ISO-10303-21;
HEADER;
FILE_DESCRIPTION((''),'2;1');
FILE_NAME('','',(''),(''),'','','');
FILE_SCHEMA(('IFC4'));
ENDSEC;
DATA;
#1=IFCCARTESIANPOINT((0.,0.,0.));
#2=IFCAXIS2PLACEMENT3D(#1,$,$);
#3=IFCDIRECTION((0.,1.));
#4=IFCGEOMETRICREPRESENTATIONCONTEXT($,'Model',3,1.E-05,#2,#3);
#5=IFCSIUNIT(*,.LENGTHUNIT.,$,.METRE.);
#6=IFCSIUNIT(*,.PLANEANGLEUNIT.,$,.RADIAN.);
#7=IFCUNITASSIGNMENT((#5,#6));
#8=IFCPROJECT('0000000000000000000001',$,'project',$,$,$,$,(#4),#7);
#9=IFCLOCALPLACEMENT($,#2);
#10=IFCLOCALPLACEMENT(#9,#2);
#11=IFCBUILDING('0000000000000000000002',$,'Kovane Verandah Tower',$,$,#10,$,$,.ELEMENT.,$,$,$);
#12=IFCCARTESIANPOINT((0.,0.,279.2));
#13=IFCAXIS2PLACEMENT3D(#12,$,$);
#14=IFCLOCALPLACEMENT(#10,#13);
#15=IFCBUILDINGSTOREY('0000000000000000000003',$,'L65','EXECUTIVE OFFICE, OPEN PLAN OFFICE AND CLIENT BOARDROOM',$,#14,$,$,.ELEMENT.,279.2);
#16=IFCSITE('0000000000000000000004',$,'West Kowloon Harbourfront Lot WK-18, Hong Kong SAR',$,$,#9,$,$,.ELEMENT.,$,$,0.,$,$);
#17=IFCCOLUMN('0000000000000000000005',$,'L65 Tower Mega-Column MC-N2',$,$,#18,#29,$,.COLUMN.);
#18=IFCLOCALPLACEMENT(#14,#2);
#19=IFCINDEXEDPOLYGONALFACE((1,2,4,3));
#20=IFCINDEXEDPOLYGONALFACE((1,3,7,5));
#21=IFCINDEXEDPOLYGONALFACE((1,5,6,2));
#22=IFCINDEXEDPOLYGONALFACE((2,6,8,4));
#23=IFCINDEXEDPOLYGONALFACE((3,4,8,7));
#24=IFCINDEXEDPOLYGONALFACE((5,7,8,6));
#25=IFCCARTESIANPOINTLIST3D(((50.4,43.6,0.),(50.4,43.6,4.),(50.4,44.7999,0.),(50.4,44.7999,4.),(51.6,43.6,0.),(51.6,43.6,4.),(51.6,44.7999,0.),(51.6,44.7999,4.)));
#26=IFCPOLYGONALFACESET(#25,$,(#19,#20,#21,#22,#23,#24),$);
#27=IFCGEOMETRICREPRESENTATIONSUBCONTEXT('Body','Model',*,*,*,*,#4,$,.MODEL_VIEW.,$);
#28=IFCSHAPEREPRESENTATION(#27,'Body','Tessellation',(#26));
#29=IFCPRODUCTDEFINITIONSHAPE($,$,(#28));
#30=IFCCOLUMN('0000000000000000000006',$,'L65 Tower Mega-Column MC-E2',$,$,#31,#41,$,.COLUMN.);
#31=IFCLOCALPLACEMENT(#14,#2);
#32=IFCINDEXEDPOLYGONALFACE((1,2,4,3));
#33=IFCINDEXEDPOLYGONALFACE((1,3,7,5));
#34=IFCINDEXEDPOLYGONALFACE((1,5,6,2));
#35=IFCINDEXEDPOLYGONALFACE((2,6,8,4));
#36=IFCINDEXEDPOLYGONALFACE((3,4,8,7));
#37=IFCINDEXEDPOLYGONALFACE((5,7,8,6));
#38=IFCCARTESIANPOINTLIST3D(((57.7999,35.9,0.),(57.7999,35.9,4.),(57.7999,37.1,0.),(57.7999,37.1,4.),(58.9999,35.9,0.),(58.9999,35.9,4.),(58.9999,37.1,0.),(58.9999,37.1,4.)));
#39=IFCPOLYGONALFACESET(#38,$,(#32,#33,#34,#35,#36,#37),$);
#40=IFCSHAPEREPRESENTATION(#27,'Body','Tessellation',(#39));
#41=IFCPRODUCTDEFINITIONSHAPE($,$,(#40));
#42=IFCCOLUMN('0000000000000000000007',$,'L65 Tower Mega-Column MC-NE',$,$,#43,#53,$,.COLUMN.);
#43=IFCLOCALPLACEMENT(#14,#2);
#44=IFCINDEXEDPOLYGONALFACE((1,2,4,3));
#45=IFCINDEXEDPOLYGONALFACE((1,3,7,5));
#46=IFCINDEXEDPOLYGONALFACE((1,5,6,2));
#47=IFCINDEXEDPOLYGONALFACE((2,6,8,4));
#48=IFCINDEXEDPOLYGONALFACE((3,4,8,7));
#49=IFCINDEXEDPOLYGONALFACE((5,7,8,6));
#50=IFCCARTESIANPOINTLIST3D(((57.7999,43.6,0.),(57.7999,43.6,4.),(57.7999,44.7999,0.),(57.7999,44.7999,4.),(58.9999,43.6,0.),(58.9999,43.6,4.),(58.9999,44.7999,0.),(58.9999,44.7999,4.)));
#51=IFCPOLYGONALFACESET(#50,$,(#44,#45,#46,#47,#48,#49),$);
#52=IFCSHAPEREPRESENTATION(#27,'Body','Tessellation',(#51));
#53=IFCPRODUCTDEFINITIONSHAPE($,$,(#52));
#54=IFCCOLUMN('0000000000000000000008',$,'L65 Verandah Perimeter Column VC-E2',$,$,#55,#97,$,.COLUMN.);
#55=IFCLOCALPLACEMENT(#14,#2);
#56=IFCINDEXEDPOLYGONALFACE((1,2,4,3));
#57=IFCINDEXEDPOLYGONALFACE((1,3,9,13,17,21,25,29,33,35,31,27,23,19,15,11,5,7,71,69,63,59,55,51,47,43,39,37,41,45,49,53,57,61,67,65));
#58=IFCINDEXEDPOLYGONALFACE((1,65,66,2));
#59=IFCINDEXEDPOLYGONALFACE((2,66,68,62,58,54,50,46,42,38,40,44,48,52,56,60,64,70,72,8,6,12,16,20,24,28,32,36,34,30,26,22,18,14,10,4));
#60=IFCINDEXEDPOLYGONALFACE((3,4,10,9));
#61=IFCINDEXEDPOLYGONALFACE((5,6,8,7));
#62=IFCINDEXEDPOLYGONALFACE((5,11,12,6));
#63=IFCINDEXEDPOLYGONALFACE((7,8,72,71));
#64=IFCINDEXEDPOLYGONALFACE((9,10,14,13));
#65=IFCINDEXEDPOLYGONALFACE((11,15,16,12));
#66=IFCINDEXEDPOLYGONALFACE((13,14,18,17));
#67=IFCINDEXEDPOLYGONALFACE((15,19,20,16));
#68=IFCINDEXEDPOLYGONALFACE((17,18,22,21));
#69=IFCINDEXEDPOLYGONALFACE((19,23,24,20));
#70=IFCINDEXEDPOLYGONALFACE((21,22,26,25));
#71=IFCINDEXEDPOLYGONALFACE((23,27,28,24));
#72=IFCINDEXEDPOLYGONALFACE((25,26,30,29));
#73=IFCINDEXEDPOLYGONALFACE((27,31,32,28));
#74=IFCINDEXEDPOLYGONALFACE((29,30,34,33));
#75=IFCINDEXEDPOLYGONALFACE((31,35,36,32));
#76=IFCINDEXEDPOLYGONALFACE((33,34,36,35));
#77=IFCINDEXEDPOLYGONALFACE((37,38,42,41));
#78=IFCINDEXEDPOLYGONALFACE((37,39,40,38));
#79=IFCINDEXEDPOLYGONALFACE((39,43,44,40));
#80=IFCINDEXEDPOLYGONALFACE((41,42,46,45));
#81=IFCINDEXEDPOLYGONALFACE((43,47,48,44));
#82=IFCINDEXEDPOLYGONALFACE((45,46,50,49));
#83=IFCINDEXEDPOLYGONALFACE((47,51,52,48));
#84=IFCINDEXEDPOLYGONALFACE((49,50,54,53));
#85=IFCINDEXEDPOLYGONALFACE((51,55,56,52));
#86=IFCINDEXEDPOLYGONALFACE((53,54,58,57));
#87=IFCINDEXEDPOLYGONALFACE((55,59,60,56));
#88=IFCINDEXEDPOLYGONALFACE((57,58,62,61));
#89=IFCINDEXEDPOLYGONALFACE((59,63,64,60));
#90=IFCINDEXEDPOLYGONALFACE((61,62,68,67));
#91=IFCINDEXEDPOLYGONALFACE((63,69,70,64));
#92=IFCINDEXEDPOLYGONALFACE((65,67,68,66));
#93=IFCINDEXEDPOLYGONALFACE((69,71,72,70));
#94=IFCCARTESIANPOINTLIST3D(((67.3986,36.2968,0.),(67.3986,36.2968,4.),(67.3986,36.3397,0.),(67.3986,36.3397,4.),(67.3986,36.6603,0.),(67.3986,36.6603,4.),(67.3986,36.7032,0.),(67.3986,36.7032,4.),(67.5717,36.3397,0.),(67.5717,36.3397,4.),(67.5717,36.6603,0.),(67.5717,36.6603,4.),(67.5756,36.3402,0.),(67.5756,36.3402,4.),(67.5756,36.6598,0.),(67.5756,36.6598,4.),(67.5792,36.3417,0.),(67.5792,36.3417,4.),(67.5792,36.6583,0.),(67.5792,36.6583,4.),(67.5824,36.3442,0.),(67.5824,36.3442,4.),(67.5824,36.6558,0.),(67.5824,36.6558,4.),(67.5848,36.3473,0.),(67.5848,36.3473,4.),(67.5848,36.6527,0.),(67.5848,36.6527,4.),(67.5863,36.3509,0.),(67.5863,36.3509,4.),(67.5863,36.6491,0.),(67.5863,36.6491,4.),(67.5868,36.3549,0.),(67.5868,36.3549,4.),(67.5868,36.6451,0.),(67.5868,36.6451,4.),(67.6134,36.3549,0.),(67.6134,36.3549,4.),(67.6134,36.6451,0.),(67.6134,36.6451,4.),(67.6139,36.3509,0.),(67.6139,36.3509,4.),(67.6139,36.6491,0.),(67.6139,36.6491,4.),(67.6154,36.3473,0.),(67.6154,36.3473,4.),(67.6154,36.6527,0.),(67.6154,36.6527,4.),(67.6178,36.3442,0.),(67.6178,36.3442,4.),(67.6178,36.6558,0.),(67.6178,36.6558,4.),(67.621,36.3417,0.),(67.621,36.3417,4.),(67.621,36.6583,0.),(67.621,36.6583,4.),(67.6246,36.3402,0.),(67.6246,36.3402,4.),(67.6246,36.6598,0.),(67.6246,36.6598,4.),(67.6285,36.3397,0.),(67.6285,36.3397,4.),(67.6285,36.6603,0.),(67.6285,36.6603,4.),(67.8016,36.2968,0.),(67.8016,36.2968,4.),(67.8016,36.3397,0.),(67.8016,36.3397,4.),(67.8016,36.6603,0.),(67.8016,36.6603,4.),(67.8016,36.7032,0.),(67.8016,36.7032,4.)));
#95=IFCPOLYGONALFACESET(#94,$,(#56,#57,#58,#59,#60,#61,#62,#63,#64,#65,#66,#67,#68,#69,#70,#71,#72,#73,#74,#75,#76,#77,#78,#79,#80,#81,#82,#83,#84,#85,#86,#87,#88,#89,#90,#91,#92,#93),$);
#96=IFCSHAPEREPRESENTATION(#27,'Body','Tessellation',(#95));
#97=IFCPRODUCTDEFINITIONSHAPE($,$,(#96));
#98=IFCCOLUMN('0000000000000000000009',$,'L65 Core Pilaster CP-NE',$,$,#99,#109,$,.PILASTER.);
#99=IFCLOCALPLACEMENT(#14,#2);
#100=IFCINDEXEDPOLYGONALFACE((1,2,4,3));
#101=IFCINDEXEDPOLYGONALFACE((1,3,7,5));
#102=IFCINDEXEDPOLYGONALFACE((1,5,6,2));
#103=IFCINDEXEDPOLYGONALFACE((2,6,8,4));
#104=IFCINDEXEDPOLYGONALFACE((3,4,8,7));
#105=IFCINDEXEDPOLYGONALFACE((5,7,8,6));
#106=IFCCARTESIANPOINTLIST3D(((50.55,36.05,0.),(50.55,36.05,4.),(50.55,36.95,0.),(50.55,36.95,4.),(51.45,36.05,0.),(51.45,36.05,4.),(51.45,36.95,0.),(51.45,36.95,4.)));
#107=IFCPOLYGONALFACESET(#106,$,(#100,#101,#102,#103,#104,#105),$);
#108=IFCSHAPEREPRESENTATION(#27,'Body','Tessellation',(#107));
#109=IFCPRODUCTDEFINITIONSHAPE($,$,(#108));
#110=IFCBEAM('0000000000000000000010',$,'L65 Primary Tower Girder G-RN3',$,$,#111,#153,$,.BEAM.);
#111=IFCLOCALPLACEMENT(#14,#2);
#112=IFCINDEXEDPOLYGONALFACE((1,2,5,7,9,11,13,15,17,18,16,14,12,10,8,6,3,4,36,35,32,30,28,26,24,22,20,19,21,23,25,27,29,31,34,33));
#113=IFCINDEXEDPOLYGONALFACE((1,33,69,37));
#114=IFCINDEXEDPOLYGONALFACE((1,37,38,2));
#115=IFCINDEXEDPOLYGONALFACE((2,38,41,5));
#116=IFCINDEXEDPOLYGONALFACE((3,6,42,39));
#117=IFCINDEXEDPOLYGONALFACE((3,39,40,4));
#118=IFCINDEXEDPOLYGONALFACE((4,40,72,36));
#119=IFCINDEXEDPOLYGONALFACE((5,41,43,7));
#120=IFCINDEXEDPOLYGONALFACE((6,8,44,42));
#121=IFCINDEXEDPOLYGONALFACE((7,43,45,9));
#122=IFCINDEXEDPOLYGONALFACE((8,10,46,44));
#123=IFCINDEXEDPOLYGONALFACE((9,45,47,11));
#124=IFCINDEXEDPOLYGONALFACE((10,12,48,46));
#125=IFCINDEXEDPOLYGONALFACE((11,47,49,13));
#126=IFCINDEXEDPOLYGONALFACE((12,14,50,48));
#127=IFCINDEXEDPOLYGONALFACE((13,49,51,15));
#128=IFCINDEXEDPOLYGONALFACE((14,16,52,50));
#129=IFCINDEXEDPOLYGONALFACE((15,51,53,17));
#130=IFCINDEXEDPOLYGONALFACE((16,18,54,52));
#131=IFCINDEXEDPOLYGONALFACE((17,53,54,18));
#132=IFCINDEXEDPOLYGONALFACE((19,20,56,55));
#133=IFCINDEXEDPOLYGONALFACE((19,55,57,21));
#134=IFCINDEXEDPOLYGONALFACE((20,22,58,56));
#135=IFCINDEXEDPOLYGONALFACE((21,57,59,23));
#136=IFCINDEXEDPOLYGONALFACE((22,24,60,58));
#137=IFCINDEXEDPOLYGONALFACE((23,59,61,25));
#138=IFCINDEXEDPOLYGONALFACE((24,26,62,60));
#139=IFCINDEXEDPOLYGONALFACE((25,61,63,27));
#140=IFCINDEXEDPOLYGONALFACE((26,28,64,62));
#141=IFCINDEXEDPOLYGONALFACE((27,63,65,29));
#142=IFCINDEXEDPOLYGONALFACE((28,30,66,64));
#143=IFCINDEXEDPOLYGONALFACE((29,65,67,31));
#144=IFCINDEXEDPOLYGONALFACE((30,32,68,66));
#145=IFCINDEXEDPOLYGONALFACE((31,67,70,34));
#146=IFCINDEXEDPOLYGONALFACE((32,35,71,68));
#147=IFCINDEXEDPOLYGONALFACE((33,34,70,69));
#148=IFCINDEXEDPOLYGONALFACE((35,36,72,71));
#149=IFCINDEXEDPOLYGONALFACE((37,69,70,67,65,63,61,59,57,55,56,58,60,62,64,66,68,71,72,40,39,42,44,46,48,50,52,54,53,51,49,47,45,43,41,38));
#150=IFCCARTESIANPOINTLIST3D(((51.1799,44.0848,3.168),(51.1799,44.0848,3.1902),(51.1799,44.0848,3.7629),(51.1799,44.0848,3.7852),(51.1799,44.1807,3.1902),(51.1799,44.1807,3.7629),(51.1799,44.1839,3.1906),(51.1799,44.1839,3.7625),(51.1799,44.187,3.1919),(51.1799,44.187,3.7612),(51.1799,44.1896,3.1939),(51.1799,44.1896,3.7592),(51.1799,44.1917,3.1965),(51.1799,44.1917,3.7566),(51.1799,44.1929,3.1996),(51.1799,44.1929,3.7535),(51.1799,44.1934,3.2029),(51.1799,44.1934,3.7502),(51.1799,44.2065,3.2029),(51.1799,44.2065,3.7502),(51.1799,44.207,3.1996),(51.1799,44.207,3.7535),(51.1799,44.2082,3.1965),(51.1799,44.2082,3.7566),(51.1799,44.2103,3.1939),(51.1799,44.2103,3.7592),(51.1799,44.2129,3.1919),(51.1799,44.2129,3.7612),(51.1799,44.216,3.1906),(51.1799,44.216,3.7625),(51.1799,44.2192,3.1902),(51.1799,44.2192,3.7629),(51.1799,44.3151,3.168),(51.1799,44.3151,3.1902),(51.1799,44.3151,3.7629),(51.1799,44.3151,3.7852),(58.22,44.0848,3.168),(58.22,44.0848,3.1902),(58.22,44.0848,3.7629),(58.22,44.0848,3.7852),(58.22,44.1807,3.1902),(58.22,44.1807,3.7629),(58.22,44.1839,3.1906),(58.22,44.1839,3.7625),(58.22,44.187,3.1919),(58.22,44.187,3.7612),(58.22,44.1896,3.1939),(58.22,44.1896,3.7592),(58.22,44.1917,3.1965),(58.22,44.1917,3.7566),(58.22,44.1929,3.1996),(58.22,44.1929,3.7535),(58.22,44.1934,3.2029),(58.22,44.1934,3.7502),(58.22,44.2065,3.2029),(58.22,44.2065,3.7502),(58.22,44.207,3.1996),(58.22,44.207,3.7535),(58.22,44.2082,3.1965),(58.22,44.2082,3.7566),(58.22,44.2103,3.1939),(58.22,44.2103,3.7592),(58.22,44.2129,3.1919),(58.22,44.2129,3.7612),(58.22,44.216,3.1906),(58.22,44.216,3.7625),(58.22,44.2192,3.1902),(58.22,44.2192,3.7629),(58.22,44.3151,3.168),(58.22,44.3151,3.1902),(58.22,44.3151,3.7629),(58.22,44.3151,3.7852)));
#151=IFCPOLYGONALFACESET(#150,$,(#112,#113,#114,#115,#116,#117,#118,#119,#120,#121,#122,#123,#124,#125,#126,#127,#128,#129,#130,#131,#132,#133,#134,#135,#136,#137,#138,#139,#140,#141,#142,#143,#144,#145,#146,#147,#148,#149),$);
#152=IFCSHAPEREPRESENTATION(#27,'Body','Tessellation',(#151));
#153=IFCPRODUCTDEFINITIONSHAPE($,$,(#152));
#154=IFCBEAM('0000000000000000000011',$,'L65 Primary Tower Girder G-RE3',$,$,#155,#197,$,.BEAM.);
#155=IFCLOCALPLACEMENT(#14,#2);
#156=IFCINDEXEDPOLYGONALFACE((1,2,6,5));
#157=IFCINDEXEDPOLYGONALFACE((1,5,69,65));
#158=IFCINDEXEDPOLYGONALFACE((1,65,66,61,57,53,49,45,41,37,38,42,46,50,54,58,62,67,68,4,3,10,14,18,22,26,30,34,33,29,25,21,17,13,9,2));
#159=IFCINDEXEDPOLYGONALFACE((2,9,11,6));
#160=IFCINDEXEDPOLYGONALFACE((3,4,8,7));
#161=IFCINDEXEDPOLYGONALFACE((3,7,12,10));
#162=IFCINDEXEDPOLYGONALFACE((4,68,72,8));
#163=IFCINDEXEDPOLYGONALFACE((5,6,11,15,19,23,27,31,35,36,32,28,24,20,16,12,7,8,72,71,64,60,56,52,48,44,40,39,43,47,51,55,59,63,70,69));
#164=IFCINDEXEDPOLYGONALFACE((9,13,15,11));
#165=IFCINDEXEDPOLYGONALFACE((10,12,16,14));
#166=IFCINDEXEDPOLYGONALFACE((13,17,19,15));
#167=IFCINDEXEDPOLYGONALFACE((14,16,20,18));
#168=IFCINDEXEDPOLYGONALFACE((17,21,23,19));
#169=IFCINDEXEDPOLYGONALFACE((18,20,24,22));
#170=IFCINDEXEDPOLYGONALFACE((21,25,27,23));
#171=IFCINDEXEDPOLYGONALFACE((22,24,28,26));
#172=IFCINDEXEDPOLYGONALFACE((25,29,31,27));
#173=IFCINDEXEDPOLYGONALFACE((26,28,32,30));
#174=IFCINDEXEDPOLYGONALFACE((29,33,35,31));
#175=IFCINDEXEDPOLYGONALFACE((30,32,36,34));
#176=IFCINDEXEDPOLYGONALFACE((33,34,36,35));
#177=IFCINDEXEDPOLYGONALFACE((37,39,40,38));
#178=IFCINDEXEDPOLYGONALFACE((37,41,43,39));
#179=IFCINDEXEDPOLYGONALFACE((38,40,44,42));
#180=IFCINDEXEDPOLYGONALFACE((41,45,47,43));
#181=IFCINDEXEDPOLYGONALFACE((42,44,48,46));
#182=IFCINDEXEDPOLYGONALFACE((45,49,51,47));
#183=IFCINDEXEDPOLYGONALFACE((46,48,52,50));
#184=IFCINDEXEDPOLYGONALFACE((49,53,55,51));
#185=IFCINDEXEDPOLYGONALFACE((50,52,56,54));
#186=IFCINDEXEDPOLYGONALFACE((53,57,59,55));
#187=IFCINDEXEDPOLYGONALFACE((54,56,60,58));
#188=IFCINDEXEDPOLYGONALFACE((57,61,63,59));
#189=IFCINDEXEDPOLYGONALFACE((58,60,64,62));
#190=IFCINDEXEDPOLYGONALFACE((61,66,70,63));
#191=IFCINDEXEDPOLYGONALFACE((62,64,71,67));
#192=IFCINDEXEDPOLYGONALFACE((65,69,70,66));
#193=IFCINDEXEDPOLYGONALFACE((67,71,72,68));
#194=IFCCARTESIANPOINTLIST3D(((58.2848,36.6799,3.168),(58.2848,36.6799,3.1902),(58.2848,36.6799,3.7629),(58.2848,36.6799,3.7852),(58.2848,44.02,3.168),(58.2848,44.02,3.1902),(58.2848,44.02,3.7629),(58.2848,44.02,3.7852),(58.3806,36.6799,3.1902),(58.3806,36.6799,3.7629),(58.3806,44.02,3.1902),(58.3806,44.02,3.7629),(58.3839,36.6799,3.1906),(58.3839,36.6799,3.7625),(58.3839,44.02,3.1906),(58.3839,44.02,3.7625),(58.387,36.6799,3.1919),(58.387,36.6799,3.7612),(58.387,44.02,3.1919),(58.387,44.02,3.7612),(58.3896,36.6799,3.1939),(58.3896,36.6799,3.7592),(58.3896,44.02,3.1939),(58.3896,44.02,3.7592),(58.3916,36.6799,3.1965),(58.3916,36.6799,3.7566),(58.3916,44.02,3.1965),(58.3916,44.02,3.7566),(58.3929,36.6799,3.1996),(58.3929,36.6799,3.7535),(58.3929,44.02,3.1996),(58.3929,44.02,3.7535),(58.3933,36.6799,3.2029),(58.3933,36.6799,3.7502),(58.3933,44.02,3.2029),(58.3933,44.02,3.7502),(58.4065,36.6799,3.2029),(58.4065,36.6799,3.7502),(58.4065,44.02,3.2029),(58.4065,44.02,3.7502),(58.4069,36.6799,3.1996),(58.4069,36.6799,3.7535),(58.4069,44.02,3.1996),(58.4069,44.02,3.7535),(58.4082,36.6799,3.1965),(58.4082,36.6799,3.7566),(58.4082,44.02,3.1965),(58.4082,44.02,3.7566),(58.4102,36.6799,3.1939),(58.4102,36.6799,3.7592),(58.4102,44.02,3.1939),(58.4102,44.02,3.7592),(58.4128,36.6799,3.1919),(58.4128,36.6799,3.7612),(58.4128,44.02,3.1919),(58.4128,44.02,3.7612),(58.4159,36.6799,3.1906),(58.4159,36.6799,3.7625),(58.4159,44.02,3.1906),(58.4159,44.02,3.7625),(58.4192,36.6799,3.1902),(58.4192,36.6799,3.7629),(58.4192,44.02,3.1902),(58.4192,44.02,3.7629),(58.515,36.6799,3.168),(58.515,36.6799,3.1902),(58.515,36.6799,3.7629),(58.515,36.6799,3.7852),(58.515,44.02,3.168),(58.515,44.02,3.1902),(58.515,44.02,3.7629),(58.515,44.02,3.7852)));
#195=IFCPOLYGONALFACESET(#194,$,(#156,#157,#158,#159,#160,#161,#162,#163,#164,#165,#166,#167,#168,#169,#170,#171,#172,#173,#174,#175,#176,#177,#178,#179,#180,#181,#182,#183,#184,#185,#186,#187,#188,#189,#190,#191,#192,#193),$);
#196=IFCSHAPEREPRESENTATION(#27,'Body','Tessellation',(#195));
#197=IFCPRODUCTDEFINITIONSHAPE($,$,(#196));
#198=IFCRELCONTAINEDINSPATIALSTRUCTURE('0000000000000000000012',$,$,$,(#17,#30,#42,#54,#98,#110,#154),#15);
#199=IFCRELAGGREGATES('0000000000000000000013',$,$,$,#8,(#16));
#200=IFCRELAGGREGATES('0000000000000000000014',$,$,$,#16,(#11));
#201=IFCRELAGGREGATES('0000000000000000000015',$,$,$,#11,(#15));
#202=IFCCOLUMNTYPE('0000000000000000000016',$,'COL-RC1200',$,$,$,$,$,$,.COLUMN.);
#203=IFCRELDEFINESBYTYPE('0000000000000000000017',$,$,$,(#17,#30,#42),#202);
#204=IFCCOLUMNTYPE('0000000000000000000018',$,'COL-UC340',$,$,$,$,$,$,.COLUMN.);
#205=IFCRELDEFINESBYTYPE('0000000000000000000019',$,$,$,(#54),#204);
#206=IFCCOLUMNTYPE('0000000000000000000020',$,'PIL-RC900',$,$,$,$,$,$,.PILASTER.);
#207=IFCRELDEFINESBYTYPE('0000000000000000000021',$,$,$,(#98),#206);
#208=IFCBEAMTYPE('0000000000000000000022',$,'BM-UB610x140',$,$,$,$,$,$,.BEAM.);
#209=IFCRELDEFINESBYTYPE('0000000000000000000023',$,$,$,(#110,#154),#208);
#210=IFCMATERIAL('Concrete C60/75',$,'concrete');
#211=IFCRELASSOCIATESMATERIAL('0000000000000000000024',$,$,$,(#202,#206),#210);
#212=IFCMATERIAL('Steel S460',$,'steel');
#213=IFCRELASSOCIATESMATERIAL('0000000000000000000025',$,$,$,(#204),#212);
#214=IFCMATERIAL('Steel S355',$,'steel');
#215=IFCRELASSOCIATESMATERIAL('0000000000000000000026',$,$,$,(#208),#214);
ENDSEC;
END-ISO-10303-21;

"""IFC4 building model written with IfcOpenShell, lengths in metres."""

from ifc_helpers import new_model, si_unit, direction, frame, origin, origin_2d, place, context, subcontext, project, spatial, rectangle, i_section, extrude, material, material_profile, profile_set, type_object, element, save


model = new_model("IFC4")

# Units and contexts
model_context = context("Model", 3, precision=1e-05, world=origin(), true_north=direction((0.0, 1.0)))
body_context = subcontext(model_context, "Body", "Model", "MODEL_VIEW")
ifc_project = project(units=[si_unit("LENGTHUNIT", "METRE"), si_unit("PLANEANGLEUNIT", "RADIAN")], contexts=[model_context])

# Site, building, storey
site_placement = place(None, origin())
site = spatial("IfcSite", under=ifc_project, at=site_placement, Name="West Kowloon Harbourfront Lot WK-18, Hong Kong SAR", CompositionType="ELEMENT", RefElevation=0.0)
building_placement = place(site_placement, origin())
building = spatial("IfcBuilding", under=site, at=building_placement, Name="Kovane Verandah Tower", CompositionType="ELEMENT")
storey_placement = place(building_placement, frame((0.0, 0.0, 279.2)))
storey = spatial("IfcBuildingStorey", under=building, at=storey_placement, Name="L65", Description="EXECUTIVE OFFICE, OPEN PLAN OFFICE AND CLIENT BOARDROOM", CompositionType="ELEMENT", Elevation=279.2)

# Columns
ifc_material_1 = material(Name="Concrete C60/75", Category="concrete")
ifc_material_profile_1 = material_profile(ifc_material_1, rectangle(XDim=1.2, YDim=1.2, at=origin_2d()), Name="RC1200x1200")
ifc_profile_set_1 = profile_set([ifc_material_profile_1], Name="Concrete C60/75")
column_type_1 = type_object("IfcColumnType", Name="COL-RC1200", PredefinedType="COLUMN", material=ifc_profile_set_1)
for number, where, z_axis, x_axis, name in (
    (1, (51.0, 44.2, 0.0), (0.0, 0.0, 1.0), (1.0, 0.0, 0.0), "L65 Tower Mega-Column MC-N2"),
    (2, (58.3999, 36.5, 0.0), (0.0, 0.0, 1.0), (1.0, 0.0, 0.0), "L65 Tower Mega-Column MC-E2"),
    (3, (58.3999, 44.2, 0.0), (0.0, 0.0, 1.0), (1.0, 0.0, 0.0), "L65 Tower Mega-Column MC-NE"),
):
    element("IfcColumn", number, at=place(storey_placement, frame(where, z_axis=z_axis, x_axis=x_axis)), inside=storey, type_object=column_type_1, Name=name, PredefinedType="COLUMN", context=body_context, shape_type="SweptSolid", body=[
        extrude(rectangle(XDim=1.2, YDim=1.2, at=origin_2d()), origin(), (0.0, 0.0, 1.0), 4.0),
    ])
ifc_material_2 = material(Name="Steel S460", Category="steel")
ifc_material_profile_2 = material_profile(ifc_material_2, i_section(OverallWidth=0.4031, OverallDepth=0.4065, WebThickness=0.0266, FlangeThickness=0.043, FilletRadius=0.0151, at=origin_2d()), Name="UC356x406x340")
ifc_profile_set_2 = profile_set([ifc_material_profile_2], Name="Steel S460")
column_type_2 = type_object("IfcColumnType", Name="COL-UC340", PredefinedType="COLUMN", material=ifc_profile_set_2)
column_1_placement = place(storey_placement, frame((67.6001, 36.5, 0.0), z_axis=(0.0, 0.0, 1.0), x_axis=(1.0, 0.0, 0.0)))
element("IfcColumn", 4, at=column_1_placement, inside=storey, type_object=column_type_2, Name="L65 Verandah Perimeter Column VC-E2", PredefinedType="COLUMN", context=body_context, shape_type="SweptSolid", body=[
    extrude(i_section(OverallWidth=0.4031, OverallDepth=0.4065, WebThickness=0.0266, FlangeThickness=0.043, FilletRadius=0.0151, at=origin_2d()), origin(), (0.0, 0.0, 1.0), 4.0),
])
ifc_material_profile_3 = material_profile(ifc_material_1, rectangle(XDim=0.8999, YDim=0.8999, at=origin_2d()), Name="RC900x900")
ifc_profile_set_3 = profile_set([ifc_material_profile_3], Name="Concrete C60/75")
column_type_3 = type_object("IfcColumnType", Name="PIL-RC900", PredefinedType="PILASTER", material=ifc_profile_set_3)
column_2_placement = place(storey_placement, frame((51.0, 36.5, 0.0), z_axis=(0.0, 0.0, 1.0), x_axis=(1.0, 0.0, 0.0)))
element("IfcColumn", 5, at=column_2_placement, inside=storey, type_object=column_type_3, Name="L65 Core Pilaster CP-NE", PredefinedType="PILASTER", context=body_context, shape_type="SweptSolid", body=[
    extrude(rectangle(XDim=0.8999, YDim=0.8999, at=origin_2d()), origin(), (0.0, 0.0, 1.0), 4.0),
])

# Beams
ifc_material_3 = material(Name="Steel S355", Category="steel")
ifc_material_profile_4 = material_profile(ifc_material_3, i_section(OverallWidth=0.2302, OverallDepth=0.6172, WebThickness=0.0132, FlangeThickness=0.0222, FilletRadius=0.0127, at=origin_2d()), Name="UB610x229x140")
ifc_profile_set_4 = profile_set([ifc_material_profile_4], Name="Steel S355")
beam_type_1 = type_object("IfcBeamType", Name="BM-UB610x140", PredefinedType="BEAM", material=ifc_profile_set_4)
beam_1_placement = place(storey_placement, frame((51.1799, 44.2, 3.4766), z_axis=(1.0, 0.0, 0.0), x_axis=(0.0, 1.0, 0.0)))
element("IfcBeam", 6, at=beam_1_placement, inside=storey, type_object=beam_type_1, Name="L65 Primary Tower Girder G-RN3", PredefinedType="BEAM", context=body_context, shape_type="SweptSolid", body=[
    extrude(i_section(OverallWidth=0.2302, OverallDepth=0.6172, WebThickness=0.0132, FlangeThickness=0.0222, FilletRadius=0.0127, at=origin_2d()), origin(), (0.0, 0.0, 1.0), 7.04),
])
beam_2_placement = place(storey_placement, frame((58.3999, 36.6799, 3.4766), z_axis=(0.0, 1.0, 0.0), x_axis=(-1.0, 0.0, 0.0)))
element("IfcBeam", 7, at=beam_2_placement, inside=storey, type_object=beam_type_1, Name="L65 Primary Tower Girder G-RE3", PredefinedType="BEAM", context=body_context, shape_type="SweptSolid", body=[
    extrude(i_section(OverallWidth=0.2302, OverallDepth=0.6172, WebThickness=0.0132, FlangeThickness=0.0222, FilletRadius=0.0127, at=origin_2d()), origin(), (0.0, 0.0, 1.0), 7.3401),
])

save(model, "model.ifc")
